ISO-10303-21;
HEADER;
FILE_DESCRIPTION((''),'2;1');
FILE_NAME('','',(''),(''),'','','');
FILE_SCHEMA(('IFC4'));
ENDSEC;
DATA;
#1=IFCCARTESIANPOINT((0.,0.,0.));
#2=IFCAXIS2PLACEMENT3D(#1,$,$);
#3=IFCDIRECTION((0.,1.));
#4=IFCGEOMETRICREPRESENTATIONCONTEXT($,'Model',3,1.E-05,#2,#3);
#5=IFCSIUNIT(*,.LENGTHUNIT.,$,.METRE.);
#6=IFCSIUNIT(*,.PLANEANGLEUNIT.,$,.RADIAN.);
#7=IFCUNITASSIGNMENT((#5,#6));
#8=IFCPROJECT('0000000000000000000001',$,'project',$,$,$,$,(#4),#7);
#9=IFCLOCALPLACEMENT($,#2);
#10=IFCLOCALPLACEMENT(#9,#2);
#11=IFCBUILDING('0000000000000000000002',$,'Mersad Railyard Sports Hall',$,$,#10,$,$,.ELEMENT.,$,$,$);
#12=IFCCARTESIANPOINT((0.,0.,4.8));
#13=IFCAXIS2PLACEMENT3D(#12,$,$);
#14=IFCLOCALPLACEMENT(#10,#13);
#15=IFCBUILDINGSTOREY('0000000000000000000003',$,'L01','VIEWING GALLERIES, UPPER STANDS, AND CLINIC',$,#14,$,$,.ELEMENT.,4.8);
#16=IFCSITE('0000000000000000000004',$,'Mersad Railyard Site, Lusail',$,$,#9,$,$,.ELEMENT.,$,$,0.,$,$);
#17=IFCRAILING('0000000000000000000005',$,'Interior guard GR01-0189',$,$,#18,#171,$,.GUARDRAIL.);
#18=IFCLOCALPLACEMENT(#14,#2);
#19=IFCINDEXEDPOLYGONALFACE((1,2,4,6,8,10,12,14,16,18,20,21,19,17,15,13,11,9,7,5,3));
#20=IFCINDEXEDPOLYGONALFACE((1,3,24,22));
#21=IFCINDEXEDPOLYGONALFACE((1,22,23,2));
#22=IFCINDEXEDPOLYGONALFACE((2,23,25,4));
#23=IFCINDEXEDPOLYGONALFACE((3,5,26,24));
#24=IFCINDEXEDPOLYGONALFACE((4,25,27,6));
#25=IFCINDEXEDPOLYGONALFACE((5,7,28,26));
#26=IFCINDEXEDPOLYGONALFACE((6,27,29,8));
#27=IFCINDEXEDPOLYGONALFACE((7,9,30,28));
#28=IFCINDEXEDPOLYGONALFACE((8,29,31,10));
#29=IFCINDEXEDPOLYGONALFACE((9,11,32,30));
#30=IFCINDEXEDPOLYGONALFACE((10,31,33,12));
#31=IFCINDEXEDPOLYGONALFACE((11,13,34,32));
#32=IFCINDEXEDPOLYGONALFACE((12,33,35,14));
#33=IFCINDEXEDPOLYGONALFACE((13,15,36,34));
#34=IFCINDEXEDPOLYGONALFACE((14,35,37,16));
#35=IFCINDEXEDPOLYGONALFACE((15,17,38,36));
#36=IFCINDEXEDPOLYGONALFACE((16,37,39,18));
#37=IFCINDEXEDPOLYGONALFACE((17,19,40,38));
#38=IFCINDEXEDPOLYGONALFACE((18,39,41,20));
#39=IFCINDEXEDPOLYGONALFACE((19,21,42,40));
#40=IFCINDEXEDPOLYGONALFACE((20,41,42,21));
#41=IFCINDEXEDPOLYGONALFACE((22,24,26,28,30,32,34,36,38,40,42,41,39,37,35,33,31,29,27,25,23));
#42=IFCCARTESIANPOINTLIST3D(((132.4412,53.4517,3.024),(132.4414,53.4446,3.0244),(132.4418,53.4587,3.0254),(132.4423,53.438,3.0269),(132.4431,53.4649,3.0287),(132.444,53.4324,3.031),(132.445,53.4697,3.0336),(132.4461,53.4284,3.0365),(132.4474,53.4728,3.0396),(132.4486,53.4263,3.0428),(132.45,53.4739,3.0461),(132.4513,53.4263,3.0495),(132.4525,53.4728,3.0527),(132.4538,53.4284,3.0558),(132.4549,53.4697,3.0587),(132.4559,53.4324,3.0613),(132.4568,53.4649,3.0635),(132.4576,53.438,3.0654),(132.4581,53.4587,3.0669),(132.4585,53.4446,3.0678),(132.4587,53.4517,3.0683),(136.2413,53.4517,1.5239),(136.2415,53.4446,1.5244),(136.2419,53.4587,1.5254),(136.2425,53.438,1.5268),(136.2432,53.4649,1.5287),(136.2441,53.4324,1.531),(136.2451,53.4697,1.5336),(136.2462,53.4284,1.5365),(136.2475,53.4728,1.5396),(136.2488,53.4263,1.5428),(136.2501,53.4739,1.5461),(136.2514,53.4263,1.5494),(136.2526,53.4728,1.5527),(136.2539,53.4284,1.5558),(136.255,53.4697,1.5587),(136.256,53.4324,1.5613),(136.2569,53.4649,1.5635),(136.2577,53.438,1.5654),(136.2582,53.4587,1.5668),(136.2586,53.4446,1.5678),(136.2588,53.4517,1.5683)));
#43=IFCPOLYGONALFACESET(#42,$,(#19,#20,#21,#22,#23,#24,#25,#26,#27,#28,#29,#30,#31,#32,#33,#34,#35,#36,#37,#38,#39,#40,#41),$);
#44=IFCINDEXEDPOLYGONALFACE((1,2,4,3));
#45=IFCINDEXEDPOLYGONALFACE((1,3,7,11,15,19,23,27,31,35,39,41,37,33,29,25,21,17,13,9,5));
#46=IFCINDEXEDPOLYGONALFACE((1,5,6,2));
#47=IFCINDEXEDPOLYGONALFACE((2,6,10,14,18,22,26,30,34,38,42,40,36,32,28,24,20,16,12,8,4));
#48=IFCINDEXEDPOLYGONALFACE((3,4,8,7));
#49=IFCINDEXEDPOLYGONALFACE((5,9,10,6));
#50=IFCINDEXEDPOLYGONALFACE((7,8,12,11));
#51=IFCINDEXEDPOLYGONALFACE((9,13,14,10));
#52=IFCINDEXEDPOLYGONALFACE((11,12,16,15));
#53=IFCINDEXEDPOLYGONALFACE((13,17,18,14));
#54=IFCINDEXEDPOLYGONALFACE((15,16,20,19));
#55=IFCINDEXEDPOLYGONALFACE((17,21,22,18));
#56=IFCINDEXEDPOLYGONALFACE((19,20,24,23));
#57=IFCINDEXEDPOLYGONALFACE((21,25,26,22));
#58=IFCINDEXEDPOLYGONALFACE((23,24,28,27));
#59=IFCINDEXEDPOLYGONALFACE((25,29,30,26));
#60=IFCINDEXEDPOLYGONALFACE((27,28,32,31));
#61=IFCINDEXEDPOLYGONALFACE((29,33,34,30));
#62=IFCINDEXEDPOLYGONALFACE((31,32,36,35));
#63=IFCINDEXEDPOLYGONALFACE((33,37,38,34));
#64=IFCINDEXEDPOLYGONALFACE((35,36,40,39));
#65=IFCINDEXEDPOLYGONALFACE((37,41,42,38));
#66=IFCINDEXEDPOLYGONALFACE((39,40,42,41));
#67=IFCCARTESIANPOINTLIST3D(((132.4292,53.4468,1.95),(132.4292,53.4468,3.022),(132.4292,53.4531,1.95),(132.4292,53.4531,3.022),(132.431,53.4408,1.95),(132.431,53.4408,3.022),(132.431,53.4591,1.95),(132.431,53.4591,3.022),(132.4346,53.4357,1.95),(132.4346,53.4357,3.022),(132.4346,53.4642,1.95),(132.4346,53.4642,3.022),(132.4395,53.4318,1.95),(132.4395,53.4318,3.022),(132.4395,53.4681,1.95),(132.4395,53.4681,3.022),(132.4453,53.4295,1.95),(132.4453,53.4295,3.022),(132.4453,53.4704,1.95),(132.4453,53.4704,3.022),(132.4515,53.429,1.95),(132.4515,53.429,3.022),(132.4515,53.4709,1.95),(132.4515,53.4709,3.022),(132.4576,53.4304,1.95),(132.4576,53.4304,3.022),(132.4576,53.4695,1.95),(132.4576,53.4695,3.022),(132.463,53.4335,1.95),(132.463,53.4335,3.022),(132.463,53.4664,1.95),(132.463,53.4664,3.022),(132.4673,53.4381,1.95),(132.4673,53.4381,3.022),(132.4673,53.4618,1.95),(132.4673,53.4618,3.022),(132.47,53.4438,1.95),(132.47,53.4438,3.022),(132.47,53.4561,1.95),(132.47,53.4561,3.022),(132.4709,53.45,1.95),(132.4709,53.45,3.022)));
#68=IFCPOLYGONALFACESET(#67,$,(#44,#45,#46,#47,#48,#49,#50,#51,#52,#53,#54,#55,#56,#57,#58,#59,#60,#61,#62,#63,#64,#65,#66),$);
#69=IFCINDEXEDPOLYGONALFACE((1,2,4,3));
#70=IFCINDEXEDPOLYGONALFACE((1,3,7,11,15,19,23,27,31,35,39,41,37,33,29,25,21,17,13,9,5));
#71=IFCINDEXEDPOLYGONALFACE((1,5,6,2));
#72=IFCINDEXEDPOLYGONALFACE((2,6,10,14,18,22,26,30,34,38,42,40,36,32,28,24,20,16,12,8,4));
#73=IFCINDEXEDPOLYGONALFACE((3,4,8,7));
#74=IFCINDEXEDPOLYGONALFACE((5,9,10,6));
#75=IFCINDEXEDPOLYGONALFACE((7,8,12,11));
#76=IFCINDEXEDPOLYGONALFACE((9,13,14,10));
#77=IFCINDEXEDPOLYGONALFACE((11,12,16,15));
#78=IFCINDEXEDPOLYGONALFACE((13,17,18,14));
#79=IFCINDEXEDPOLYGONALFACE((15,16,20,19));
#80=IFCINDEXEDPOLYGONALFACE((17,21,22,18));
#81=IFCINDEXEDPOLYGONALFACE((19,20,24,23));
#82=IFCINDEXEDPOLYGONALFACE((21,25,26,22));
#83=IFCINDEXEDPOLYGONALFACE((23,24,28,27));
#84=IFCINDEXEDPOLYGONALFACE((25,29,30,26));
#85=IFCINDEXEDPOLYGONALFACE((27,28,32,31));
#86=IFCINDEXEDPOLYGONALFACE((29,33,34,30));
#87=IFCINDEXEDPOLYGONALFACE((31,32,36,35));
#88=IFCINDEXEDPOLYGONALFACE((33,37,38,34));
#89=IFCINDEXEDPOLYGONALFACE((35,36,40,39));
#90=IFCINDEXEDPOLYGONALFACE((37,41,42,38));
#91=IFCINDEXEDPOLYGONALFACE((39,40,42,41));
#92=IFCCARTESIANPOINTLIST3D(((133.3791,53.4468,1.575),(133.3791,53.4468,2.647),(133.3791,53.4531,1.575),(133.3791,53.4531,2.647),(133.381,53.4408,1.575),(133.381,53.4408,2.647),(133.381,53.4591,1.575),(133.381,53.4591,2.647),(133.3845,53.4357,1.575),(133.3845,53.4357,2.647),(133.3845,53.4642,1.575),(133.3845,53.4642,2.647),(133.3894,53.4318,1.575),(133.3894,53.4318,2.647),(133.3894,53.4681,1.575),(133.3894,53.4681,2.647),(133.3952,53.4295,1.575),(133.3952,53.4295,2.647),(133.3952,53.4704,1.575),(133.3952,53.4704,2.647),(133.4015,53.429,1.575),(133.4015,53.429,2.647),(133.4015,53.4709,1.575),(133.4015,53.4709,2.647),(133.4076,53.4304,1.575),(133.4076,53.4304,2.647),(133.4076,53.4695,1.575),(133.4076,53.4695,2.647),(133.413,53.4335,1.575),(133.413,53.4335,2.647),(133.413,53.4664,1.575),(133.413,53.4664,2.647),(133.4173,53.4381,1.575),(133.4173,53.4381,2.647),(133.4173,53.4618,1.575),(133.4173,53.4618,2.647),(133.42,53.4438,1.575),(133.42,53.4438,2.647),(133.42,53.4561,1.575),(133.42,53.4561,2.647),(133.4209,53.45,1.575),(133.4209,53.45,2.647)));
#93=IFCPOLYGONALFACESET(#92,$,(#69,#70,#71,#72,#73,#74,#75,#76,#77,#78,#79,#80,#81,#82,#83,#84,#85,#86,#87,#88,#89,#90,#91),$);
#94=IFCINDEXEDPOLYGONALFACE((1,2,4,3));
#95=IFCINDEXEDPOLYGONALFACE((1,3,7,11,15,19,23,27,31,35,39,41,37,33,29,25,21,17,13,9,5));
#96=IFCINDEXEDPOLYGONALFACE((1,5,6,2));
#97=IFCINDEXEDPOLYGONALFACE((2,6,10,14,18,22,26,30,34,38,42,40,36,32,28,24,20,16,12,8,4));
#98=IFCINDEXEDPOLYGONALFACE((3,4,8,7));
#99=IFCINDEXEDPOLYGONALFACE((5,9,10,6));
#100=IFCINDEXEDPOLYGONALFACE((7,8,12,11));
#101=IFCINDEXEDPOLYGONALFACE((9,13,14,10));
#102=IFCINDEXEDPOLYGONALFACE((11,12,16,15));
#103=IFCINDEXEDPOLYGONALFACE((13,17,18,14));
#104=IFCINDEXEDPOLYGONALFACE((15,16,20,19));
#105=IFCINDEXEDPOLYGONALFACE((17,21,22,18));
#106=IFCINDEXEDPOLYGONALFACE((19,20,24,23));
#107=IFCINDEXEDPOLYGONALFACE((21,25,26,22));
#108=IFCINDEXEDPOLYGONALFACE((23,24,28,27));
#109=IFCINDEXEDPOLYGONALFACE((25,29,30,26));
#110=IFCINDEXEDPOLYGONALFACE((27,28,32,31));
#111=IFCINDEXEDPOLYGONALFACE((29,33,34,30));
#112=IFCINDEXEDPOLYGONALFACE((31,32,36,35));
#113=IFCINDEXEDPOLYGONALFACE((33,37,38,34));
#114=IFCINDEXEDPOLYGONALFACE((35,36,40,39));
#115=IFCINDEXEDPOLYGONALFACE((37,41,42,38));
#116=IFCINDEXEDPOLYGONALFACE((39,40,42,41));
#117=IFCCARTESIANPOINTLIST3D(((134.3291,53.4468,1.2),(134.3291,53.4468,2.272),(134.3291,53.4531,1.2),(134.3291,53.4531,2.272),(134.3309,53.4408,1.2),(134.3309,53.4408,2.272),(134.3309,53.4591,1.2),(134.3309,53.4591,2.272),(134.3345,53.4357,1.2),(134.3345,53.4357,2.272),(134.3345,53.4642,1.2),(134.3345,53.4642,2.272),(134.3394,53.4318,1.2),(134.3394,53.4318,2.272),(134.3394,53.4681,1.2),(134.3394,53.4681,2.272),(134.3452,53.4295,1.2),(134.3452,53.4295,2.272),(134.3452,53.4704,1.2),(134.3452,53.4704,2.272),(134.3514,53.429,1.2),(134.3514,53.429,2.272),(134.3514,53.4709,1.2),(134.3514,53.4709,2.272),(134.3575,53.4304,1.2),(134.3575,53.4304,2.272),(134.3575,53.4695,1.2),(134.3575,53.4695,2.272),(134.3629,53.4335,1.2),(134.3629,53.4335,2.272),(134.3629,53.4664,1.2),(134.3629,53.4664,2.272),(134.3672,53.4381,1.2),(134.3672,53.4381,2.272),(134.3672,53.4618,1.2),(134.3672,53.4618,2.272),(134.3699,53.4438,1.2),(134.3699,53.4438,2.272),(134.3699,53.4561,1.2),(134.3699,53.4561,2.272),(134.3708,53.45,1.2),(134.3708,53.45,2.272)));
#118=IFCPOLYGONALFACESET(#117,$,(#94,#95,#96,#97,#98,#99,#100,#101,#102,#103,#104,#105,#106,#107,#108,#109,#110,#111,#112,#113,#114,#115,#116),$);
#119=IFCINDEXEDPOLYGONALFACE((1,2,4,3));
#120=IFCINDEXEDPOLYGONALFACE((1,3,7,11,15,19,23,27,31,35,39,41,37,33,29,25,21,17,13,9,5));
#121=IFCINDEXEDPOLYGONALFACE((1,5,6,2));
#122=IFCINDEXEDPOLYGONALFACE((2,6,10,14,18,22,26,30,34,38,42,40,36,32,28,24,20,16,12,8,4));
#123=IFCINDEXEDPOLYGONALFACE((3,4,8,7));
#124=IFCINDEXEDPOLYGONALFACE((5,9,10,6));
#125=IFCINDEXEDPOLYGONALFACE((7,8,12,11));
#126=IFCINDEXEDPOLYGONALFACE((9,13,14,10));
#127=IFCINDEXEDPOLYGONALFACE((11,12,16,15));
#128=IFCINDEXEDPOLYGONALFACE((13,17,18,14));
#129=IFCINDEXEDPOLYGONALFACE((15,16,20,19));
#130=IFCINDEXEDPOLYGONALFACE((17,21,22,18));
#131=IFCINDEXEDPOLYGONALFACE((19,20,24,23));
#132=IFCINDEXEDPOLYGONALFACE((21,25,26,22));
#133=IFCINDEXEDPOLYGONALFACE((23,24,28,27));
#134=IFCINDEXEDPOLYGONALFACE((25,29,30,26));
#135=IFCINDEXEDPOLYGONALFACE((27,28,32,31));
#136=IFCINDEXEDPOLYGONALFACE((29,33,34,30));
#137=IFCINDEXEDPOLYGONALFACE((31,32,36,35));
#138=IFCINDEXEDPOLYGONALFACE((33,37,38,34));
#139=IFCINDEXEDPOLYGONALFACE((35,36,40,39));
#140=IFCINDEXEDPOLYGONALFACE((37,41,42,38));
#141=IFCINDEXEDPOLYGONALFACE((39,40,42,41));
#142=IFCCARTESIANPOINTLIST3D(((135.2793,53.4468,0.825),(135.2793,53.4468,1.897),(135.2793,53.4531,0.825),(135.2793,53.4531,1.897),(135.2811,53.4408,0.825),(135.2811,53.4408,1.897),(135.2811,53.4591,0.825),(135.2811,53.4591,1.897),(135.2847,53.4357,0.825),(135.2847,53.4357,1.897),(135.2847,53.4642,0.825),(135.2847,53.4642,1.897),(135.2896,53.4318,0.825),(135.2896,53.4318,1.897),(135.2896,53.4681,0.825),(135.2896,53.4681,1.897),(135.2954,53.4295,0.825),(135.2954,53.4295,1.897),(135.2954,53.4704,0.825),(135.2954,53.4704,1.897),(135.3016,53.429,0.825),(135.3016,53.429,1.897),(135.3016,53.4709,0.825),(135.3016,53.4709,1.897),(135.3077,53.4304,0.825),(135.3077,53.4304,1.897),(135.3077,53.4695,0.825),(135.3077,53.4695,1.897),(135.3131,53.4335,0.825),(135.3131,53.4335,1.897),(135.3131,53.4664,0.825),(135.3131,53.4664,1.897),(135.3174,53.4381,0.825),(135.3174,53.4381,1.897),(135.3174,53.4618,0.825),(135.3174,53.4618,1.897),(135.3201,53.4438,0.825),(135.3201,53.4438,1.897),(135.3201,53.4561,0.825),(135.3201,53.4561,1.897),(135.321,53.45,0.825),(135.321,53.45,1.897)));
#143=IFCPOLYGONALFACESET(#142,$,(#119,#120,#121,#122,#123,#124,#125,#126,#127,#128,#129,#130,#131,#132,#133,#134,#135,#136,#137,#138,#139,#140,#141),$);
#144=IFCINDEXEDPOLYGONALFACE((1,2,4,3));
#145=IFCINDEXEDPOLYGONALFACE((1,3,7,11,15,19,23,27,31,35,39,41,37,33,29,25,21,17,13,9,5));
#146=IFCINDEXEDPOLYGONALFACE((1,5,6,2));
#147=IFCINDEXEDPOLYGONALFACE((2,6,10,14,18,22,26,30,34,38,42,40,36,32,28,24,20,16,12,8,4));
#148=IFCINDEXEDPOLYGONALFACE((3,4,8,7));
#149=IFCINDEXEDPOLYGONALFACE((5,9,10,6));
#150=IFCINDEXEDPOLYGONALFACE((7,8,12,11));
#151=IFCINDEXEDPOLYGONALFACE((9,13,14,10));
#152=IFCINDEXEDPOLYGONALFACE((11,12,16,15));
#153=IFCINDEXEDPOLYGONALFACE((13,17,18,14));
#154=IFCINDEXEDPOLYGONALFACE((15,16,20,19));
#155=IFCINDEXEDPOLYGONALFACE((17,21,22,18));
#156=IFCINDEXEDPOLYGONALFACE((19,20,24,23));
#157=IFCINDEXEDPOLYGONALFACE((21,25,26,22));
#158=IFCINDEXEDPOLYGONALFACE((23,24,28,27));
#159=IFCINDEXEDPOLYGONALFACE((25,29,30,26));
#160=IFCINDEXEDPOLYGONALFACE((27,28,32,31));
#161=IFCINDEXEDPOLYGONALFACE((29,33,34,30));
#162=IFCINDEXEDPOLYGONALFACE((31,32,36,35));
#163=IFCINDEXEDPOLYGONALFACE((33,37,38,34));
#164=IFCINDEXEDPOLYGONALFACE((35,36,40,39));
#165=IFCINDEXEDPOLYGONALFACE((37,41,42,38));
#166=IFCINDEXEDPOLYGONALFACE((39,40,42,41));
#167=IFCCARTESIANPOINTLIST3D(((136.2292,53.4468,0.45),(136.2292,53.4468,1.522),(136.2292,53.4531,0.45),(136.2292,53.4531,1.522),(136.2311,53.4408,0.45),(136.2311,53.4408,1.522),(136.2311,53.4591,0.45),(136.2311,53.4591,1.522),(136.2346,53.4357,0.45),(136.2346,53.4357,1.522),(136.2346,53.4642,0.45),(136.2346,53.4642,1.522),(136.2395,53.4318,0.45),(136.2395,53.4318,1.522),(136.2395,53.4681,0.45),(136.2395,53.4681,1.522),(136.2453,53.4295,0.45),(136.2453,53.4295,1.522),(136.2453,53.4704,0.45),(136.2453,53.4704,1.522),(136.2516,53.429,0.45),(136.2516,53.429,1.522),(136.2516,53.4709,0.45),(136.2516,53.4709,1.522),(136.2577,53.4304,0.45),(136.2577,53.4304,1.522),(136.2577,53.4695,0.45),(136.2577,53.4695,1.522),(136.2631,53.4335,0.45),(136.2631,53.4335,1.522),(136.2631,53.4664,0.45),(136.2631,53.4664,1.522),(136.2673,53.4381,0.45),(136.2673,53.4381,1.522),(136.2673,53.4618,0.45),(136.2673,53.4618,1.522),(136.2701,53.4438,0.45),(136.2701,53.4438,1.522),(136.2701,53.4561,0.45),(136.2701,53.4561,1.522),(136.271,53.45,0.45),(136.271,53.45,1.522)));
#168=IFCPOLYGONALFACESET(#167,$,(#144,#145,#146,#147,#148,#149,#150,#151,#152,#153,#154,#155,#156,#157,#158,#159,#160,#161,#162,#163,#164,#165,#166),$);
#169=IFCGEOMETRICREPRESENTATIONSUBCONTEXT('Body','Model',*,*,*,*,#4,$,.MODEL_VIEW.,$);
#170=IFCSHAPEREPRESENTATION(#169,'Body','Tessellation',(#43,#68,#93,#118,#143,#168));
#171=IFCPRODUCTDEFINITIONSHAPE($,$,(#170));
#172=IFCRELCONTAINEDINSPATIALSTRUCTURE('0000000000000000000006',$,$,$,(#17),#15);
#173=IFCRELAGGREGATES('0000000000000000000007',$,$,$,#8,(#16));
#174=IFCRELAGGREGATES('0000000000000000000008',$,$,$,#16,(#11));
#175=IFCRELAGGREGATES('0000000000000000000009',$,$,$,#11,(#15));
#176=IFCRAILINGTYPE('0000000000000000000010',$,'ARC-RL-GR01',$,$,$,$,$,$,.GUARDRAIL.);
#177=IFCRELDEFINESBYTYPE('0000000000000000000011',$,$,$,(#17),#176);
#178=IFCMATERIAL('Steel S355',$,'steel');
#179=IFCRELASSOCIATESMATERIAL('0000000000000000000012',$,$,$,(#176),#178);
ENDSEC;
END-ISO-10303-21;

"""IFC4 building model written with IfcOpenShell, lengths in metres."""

from ifc_helpers import new_model, si_unit, direction, frame, origin, origin_2d, place, context, subcontext, project, spatial, circle, extrude, material, type_object, element, save


model = new_model("IFC4")

# Units and contexts
model_context = context("Model", 3, precision=1e-05, world=origin(), true_north=direction((0.0, 1.0)))
body_context = subcontext(model_context, "Body", "Model", "MODEL_VIEW")
ifc_project = project(units=[si_unit("LENGTHUNIT", "METRE"), si_unit("PLANEANGLEUNIT", "RADIAN")], contexts=[model_context])

# Site, building, storey
site_placement = place(None, origin())
site = spatial("IfcSite", under=ifc_project, at=site_placement, Name="Mersad Railyard Site, Lusail", CompositionType="ELEMENT", RefElevation=0.0)
building_placement = place(site_placement, origin())
building = spatial("IfcBuilding", under=site, at=building_placement, Name="Mersad Railyard Sports Hall", CompositionType="ELEMENT")
storey_placement = place(building_placement, frame((0.0, 0.0, 4.8)))
storey = spatial("IfcBuildingStorey", under=building, at=storey_placement, Name="L01", Description="VIEWING GALLERIES, UPPER STANDS, AND CLINIC", CompositionType="ELEMENT", Elevation=4.8)

# Railing
ifc_material_1 = material(Name="Steel S355", Category="steel")
railing_type = type_object("IfcRailingType", Name="ARC-RL-GR01", PredefinedType="GUARDRAIL", material=ifc_material_1)
railing_placement = place(storey_placement, frame((132.45, 53.45, 1.95)))
element("IfcRailing", 1, at=railing_placement, inside=storey, type_object=railing_type, Name="Interior guard GR01-0189", PredefinedType="GUARDRAIL", context=body_context, shape_type="SweptSolid", body=[
    extrude(circle(Radius=0.0239, at=origin_2d()), frame((0.0, 0.0, 1.0962), z_axis=(0.930157, 0.0, -0.367162), x_axis=(0.0, 1.0, 0.0)), (0.0, 0.0, 1.0), 4.0854),
    extrude(circle(Radius=0.021, at=origin_2d()), origin(), (0.0, 0.0, 1.0), 1.072),
    extrude(circle(Radius=0.021, at=origin_2d()), frame((0.95, 0.0, -0.375)), (0.0, 0.0, 1.0), 1.072),
    extrude(circle(Radius=0.021, at=origin_2d()), frame((1.8999, 0.0, -0.75)), (0.0, 0.0, 1.0), 1.072),
    extrude(circle(Radius=0.021, at=origin_2d()), frame((2.8501, 0.0, -1.125)), (0.0, 0.0, 1.0), 1.072),
    extrude(circle(Radius=0.021, at=origin_2d()), frame((3.8, 0.0, -1.5)), (0.0, 0.0, 1.0), 1.072),
])

save(model, "model.ifc")
